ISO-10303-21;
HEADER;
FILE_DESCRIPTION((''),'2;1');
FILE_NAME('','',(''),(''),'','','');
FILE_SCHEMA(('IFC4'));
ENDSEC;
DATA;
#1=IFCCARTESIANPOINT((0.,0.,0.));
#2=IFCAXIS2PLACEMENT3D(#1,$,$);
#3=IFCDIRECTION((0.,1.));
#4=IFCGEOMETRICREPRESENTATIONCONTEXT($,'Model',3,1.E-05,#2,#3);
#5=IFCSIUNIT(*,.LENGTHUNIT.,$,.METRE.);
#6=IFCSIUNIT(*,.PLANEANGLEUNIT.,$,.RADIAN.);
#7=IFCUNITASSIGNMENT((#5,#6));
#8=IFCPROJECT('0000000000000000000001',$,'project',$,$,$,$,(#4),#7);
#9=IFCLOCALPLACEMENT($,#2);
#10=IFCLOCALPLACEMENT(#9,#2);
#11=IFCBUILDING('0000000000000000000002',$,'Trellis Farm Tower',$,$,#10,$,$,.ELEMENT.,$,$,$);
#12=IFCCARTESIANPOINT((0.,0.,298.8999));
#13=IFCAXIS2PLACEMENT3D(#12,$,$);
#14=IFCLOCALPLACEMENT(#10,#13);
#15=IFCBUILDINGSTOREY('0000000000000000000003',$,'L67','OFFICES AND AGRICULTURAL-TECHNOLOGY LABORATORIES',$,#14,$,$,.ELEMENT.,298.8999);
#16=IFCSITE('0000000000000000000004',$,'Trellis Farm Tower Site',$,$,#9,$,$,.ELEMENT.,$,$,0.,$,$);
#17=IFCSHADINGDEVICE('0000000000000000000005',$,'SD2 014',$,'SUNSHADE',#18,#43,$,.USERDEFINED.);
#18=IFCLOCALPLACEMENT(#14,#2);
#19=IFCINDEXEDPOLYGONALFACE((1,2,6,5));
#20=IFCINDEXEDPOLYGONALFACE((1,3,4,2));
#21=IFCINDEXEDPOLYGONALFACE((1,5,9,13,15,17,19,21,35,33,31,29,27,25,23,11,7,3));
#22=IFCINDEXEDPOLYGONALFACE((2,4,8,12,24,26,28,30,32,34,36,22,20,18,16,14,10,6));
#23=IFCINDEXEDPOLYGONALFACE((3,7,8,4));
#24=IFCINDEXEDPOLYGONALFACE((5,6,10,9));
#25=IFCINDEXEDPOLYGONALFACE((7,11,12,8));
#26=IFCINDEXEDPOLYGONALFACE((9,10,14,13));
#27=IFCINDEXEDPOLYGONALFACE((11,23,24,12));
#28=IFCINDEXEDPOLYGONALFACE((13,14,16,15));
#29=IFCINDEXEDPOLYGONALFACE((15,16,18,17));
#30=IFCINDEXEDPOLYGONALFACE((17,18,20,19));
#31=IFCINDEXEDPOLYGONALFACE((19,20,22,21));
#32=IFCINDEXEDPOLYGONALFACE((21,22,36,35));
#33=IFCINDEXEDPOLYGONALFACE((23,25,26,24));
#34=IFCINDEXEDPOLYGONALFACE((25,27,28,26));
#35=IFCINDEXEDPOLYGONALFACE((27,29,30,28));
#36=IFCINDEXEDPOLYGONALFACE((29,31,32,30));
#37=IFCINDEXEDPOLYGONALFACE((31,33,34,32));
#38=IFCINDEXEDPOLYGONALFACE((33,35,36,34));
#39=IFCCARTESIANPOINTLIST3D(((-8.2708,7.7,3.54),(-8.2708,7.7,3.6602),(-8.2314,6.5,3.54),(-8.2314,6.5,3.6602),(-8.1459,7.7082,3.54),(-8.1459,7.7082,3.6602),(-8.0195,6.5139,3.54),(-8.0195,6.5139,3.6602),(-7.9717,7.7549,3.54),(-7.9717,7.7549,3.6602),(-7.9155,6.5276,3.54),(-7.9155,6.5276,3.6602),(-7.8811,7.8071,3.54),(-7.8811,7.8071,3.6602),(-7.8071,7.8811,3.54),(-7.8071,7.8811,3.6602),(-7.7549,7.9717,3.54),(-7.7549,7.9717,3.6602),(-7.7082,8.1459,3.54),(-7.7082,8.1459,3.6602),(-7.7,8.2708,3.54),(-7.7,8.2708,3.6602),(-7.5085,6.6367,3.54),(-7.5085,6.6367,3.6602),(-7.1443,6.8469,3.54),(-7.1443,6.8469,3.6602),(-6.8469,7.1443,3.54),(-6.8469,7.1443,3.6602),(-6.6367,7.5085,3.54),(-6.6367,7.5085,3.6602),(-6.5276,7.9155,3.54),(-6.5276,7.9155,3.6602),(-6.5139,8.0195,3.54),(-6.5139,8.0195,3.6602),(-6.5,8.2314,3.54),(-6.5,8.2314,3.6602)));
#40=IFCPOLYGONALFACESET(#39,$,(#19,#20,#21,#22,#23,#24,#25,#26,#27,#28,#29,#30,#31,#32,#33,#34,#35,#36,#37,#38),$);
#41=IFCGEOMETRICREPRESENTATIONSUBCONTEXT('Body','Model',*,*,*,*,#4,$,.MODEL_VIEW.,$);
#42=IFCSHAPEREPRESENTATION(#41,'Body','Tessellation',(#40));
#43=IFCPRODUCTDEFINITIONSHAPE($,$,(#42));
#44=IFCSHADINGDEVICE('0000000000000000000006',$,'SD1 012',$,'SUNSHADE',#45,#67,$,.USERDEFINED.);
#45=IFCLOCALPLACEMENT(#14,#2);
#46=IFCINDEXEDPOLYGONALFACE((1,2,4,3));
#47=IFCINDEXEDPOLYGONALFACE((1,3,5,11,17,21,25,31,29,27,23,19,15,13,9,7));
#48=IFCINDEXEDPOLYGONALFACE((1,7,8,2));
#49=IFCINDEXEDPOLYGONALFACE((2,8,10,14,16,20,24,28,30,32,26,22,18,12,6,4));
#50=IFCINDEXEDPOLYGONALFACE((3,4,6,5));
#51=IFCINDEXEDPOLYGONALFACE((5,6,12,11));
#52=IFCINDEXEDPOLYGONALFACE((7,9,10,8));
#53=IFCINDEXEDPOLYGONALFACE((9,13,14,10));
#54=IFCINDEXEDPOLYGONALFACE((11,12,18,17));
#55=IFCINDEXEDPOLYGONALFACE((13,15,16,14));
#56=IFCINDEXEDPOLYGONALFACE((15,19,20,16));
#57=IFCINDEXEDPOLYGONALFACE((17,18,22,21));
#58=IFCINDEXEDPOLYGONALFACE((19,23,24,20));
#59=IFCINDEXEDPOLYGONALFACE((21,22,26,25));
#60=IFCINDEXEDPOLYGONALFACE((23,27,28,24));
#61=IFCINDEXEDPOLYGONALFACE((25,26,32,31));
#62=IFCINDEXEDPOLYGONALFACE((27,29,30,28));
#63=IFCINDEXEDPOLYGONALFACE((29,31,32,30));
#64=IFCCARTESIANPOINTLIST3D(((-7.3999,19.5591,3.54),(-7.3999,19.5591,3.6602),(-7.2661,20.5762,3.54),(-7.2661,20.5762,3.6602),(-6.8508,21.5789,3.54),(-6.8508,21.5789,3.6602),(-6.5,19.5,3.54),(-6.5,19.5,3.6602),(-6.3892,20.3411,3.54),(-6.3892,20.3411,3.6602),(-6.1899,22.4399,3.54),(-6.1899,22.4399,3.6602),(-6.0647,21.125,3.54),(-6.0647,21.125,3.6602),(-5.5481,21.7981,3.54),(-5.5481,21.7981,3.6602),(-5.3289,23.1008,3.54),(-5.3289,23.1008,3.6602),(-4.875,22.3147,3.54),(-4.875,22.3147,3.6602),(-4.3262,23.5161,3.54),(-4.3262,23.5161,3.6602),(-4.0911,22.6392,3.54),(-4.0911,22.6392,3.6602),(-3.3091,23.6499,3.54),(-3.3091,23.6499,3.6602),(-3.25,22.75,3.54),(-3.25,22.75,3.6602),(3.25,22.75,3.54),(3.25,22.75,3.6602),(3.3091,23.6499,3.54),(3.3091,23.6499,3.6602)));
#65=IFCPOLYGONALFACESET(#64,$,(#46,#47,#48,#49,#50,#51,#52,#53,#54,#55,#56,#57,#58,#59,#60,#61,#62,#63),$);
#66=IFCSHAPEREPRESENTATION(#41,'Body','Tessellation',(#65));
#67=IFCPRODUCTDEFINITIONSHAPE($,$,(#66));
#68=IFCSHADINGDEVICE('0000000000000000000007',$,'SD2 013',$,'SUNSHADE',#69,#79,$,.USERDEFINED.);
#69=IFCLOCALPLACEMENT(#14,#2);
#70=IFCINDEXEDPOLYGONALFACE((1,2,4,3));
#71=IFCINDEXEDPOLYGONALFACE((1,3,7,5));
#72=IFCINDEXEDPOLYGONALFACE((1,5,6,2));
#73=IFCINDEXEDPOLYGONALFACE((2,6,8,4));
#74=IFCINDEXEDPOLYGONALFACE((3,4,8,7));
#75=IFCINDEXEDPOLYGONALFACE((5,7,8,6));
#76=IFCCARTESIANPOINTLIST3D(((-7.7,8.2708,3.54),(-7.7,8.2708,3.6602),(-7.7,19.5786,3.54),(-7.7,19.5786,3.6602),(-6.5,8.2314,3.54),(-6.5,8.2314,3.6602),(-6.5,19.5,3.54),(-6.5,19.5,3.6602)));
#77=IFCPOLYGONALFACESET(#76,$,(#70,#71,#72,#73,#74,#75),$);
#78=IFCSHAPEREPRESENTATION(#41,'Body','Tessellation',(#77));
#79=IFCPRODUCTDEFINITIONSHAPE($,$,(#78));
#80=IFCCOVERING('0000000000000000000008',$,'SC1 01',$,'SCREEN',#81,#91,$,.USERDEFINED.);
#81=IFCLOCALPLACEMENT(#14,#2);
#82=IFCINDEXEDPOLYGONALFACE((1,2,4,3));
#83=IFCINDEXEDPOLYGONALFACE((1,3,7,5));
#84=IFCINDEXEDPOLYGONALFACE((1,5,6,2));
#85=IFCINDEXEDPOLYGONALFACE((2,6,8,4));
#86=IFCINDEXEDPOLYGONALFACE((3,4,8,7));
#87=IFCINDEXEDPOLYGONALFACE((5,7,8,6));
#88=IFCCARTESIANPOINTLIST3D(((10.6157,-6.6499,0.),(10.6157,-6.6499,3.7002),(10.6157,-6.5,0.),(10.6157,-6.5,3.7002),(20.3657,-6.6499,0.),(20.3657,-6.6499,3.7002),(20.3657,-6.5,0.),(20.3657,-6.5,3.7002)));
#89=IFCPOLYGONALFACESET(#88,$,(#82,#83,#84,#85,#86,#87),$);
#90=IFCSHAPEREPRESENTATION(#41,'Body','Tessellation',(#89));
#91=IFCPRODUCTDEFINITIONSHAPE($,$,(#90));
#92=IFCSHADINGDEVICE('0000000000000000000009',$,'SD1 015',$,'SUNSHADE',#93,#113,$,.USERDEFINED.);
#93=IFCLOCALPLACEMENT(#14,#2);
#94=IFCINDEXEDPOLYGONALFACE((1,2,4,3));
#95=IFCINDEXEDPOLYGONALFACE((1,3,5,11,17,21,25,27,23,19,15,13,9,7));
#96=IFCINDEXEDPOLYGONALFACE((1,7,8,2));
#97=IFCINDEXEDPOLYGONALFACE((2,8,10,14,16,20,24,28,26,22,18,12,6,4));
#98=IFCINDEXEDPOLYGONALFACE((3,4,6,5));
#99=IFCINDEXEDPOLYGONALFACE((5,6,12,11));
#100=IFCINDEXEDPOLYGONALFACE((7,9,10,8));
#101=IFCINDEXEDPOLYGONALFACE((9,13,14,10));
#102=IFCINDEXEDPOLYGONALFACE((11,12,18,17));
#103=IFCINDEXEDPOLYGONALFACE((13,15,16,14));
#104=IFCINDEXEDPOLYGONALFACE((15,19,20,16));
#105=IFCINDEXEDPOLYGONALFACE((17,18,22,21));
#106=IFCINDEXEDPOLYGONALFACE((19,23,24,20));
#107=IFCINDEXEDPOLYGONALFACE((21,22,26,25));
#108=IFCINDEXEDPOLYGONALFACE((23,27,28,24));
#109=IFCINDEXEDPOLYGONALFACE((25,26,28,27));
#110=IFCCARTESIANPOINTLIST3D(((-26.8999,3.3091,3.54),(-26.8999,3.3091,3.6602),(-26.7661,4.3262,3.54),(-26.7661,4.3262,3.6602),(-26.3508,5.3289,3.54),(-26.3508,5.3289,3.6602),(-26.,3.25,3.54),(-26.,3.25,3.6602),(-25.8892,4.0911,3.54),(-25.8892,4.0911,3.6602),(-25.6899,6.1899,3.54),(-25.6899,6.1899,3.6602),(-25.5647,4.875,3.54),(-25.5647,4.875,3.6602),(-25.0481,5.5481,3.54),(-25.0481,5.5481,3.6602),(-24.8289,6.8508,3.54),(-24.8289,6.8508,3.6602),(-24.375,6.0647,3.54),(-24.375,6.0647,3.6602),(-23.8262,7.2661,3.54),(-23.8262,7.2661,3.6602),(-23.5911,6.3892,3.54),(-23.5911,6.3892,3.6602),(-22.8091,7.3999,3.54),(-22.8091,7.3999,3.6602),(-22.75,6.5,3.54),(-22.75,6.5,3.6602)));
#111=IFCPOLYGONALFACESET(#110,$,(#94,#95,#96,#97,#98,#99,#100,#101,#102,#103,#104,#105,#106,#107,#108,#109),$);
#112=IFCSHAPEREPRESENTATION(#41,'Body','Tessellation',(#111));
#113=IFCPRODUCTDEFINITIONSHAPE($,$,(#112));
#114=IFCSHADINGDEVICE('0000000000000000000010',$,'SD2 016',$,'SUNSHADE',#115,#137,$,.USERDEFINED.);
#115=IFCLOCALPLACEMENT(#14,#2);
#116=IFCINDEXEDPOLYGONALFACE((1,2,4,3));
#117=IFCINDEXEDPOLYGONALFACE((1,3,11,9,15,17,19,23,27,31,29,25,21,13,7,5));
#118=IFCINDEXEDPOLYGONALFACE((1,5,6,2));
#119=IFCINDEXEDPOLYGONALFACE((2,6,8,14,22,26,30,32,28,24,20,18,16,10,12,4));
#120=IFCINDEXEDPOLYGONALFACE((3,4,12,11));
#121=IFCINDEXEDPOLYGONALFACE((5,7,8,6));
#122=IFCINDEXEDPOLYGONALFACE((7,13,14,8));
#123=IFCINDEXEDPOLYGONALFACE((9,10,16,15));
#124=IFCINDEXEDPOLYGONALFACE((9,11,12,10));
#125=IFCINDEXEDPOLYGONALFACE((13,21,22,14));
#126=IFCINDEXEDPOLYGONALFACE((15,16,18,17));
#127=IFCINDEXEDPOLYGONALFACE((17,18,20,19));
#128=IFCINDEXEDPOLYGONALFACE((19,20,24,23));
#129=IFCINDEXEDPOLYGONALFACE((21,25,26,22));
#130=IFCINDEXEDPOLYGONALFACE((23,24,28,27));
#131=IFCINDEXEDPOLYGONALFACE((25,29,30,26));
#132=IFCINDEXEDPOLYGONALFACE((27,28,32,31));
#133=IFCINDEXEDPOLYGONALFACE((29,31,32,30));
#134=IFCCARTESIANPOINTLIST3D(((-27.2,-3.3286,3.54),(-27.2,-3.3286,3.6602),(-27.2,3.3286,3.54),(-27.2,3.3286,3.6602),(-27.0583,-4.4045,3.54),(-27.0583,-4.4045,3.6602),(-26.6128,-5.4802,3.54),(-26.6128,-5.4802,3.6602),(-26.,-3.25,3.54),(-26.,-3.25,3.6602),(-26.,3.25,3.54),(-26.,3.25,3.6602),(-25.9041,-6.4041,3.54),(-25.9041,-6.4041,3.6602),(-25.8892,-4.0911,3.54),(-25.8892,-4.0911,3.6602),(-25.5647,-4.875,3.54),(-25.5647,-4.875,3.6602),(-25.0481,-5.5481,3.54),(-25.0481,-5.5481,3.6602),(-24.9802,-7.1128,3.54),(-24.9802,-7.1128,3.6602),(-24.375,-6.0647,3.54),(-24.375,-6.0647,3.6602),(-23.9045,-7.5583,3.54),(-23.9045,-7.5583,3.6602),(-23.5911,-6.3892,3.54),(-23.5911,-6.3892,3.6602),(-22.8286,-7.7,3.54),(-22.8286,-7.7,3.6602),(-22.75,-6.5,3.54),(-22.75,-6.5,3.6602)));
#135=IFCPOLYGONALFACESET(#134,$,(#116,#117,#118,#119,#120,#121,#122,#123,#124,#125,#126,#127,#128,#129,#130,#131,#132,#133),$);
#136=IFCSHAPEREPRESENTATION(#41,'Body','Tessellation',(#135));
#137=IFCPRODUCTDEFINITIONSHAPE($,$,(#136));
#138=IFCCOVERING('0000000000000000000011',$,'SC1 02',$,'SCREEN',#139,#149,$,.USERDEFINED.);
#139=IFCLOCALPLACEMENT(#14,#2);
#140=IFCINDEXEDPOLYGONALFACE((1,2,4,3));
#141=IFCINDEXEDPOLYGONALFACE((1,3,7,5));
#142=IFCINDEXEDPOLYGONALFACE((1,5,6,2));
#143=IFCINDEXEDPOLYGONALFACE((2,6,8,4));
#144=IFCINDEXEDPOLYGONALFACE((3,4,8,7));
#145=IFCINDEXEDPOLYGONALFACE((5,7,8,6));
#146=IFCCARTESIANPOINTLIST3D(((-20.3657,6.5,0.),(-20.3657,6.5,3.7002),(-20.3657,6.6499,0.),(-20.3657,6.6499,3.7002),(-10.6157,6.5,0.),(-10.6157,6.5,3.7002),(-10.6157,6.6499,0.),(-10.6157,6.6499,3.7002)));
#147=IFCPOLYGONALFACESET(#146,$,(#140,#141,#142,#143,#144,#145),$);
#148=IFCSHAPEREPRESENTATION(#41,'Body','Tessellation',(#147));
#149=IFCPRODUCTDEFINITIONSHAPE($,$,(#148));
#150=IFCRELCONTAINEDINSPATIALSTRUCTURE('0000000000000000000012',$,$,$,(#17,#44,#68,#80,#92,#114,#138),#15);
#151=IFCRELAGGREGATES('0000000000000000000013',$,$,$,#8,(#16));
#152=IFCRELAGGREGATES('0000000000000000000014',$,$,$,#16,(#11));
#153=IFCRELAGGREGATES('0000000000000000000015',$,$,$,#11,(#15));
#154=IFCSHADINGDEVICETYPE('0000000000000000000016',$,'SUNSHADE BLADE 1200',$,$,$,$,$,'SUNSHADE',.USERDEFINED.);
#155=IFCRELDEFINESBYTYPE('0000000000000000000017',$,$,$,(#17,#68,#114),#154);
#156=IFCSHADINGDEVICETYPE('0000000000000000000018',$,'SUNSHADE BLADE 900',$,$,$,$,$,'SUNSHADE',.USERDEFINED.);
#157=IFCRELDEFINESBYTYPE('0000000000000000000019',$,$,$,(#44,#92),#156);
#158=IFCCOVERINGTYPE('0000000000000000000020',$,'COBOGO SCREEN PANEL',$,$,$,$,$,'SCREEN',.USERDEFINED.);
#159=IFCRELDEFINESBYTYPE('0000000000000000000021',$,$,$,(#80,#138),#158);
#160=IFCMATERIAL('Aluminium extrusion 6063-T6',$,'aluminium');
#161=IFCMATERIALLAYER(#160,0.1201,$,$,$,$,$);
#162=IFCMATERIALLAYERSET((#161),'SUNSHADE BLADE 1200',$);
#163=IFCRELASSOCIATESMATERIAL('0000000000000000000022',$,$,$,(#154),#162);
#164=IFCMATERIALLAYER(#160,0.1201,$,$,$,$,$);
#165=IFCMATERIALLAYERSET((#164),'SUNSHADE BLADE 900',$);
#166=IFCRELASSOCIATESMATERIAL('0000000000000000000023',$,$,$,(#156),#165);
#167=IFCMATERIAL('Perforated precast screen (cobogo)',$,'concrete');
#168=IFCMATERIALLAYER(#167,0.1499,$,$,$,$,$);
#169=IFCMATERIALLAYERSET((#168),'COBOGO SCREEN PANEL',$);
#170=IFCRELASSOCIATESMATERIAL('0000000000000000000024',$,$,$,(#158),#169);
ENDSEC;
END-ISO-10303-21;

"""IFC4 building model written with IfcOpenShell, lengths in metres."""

from ifc_helpers import new_model, si_unit, direction, frame, origin, place, context, subcontext, project, spatial, polyline, outline, extrude, source, transform, mapped, material, layer, layer_set, type_object, element, save


model = new_model("IFC4")

# Units and contexts
model_context = context("Model", 3, precision=1e-05, world=origin(), true_north=direction((0.0, 1.0)))
body_context = subcontext(model_context, "Body", "Model", "MODEL_VIEW")
ifc_project = project(units=[si_unit("LENGTHUNIT", "METRE"), si_unit("PLANEANGLEUNIT", "RADIAN")], contexts=[model_context])

# Site, building, storey
site_placement = place(None, origin())
site = spatial("IfcSite", under=ifc_project, at=site_placement, Name="Trellis Farm Tower Site", CompositionType="ELEMENT", RefElevation=0.0)
building_placement = place(site_placement, origin())
building = spatial("IfcBuilding", under=site, at=building_placement, Name="Trellis Farm Tower", CompositionType="ELEMENT")
storey_placement = place(building_placement, frame((0.0, 0.0, 298.8999)))
storey = spatial("IfcBuildingStorey", under=building, at=storey_placement, Name="L67", Description="OFFICES AND AGRICULTURAL-TECHNOLOGY LABORATORIES", CompositionType="ELEMENT", Elevation=298.8999)

# Shared definitions
placement_1 = place(storey_placement, origin())
ifc_material_1 = material(Name="Aluminium extrusion 6063-T6", Category="aluminium")

# Shading devices
ifc_layer_1 = layer(ifc_material_1, 0.1201)
ifc_layer_set_1 = layer_set([ifc_layer_1], Name="SUNSHADE BLADE 1200")
shading_device_type_1 = type_object("IfcShadingDeviceType", Name="SUNSHADE BLADE 1200", ElementType="SUNSHADE", PredefinedType="USERDEFINED", material=ifc_layer_set_1)
shared_shape_1 = source(origin(), body_context, "Body", "SweptSolid", [
    extrude(outline(polyline([(-7.7, 8.2708), (-7.7087, 8.1372), (-7.707, 8.1501), (-7.7549, 7.9717), (-7.8071, 7.8811), (-7.8811, 7.8071), (-7.9717, 7.7549), (-8.1501, 7.707), (-8.1372, 7.7087), (-8.2708, 7.7), (-8.2314, 6.5), (-8.0195, 6.5139), (-7.9155, 6.5276), (-7.5085, 6.6367), (-7.1443, 6.8469), (-6.8469, 7.1443), (-6.6367, 7.5085), (-6.5276, 7.9155), (-6.5139, 8.0195), (-6.5, 8.2314), (-7.7, 8.2708)])), origin(), (0.0, 0.0, 1.0), 0.1201),
])
placement_2 = place(storey_placement, frame((0.0, 0.0, 3.54)))
element("IfcShadingDevice", 1, at=placement_2, inside=storey, type_object=shading_device_type_1, Name="SD2 014", ObjectType="SUNSHADE", PredefinedType="USERDEFINED", context=body_context, shape_type="MappedRepresentation", body=[
    mapped(shared_shape_1, transform((0.0, 0.0, 0.0))),
])
ifc_layer_2 = layer(ifc_material_1, 0.1201)
ifc_layer_set_2 = layer_set([ifc_layer_2], Name="SUNSHADE BLADE 900")
shading_device_type_2 = type_object("IfcShadingDeviceType", Name="SUNSHADE BLADE 900", ElementType="SUNSHADE", PredefinedType="USERDEFINED", material=ifc_layer_set_2)
shared_shape_2 = source(origin(), body_context, "Body", "SweptSolid", [
    extrude(outline(polyline([(3.3091, 23.6499), (-3.3091, 23.6499), (-4.3262, 23.5161), (-5.3289, 23.1008), (-6.1899, 22.4399), (-6.8508, 21.5789), (-7.2661, 20.5762), (-7.3999, 19.5591), (-6.5, 19.5), (-6.3892, 20.3411), (-6.0647, 21.125), (-5.5481, 21.7981), (-4.875, 22.3147), (-4.0911, 22.6392), (-3.25, 22.75), (3.25, 22.75), (3.3091, 23.6499)])), origin(), (0.0, 0.0, 1.0), 0.1201),
])
element("IfcShadingDevice", 2, at=placement_2, inside=storey, type_object=shading_device_type_2, Name="SD1 012", ObjectType="SUNSHADE", PredefinedType="USERDEFINED", context=body_context, shape_type="MappedRepresentation", body=[
    mapped(shared_shape_2, transform((0.0, 0.0, 0.0))),
])
shared_shape_3 = source(origin(), body_context, "Body", "SweptSolid", [
    extrude(outline(polyline([(-7.7, 19.5786), (-7.7, 8.2708), (-6.5, 8.2314), (-6.5, 19.5), (-7.7, 19.5786)])), origin(), (0.0, 0.0, 1.0), 0.1201),
])
element("IfcShadingDevice", 3, at=placement_2, inside=storey, type_object=shading_device_type_1, Name="SD2 013", ObjectType="SUNSHADE", PredefinedType="USERDEFINED", context=body_context, shape_type="MappedRepresentation", body=[
    mapped(shared_shape_3, transform((0.0, 0.0, 0.0))),
])

# Covering
ifc_material_2 = material(Name="Perforated precast screen (cobogo)", Category="concrete")
ifc_layer_3 = layer(ifc_material_2, 0.1499)
ifc_layer_set_3 = layer_set([ifc_layer_3], Name="COBOGO SCREEN PANEL")
covering_type = type_object("IfcCoveringType", Name="COBOGO SCREEN PANEL", ElementType="SCREEN", PredefinedType="USERDEFINED", material=ifc_layer_set_3)
shared_shape_4 = source(origin(), body_context, "Body", "SweptSolid", [
    extrude(outline(polyline([(10.6157, -6.6499), (20.3657, -6.6499), (20.3657, -6.5), (10.6157, -6.5), (10.6157, -6.6499)])), origin(), (0.0, 0.0, 1.0), 3.7002),
])
element("IfcCovering", 4, at=placement_1, inside=storey, type_object=covering_type, Name="SC1 01", ObjectType="SCREEN", PredefinedType="USERDEFINED", context=body_context, shape_type="MappedRepresentation", body=[
    mapped(shared_shape_4, transform((0.0, 0.0, 0.0))),
])

# Shading devices
shared_shape_5 = source(origin(), body_context, "Body", "SweptSolid", [
    extrude(outline(polyline([(-22.8091, 7.3999), (-23.8262, 7.2661), (-24.8289, 6.8508), (-25.6899, 6.1899), (-26.3508, 5.3289), (-26.7661, 4.3262), (-26.8999, 3.3091), (-26.0, 3.25), (-25.8892, 4.0911), (-25.5647, 4.875), (-25.0481, 5.5481), (-24.375, 6.0647), (-23.5911, 6.3892), (-22.75, 6.5), (-22.8091, 7.3999)])), origin(), (0.0, 0.0, 1.0), 0.1201),
])
element("IfcShadingDevice", 5, at=placement_2, inside=storey, type_object=shading_device_type_2, Name="SD1 015", ObjectType="SUNSHADE", PredefinedType="USERDEFINED", context=body_context, shape_type="MappedRepresentation", body=[
    mapped(shared_shape_5, transform((0.0, 0.0, 0.0))),
])
shared_shape_6 = source(origin(), body_context, "Body", "SweptSolid", [
    extrude(outline(polyline([(-27.2, 3.3286), (-27.2, -3.3286), (-27.0583, -4.4045), (-26.6128, -5.4802), (-25.9041, -6.4041), (-24.9802, -7.1128), (-23.9045, -7.5583), (-22.8286, -7.7), (-22.75, -6.5), (-23.5911, -6.3892), (-24.375, -6.0647), (-25.0481, -5.5481), (-25.5647, -4.875), (-25.8892, -4.0911), (-26.0, -3.25), (-26.0, 3.25), (-27.2, 3.3286)])), origin(), (0.0, 0.0, 1.0), 0.1201),
])
element("IfcShadingDevice", 6, at=placement_2, inside=storey, type_object=shading_device_type_1, Name="SD2 016", ObjectType="SUNSHADE", PredefinedType="USERDEFINED", context=body_context, shape_type="MappedRepresentation", body=[
    mapped(shared_shape_6, transform((0.0, 0.0, 0.0))),
])

# Covering
shared_shape_7 = source(origin(), body_context, "Body", "SweptSolid", [
    extrude(outline(polyline([(-10.6157, 6.6499), (-20.3657, 6.6499), (-20.3657, 6.5), (-10.6157, 6.5), (-10.6157, 6.6499)])), origin(), (0.0, 0.0, 1.0), 3.7002),
])
element("IfcCovering", 7, at=placement_1, inside=storey, type_object=covering_type, Name="SC1 02", ObjectType="SCREEN", PredefinedType="USERDEFINED", context=body_context, shape_type="MappedRepresentation", body=[
    mapped(shared_shape_7, transform((0.0, 0.0, 0.0))),
])

save(model, "model.ifc")
